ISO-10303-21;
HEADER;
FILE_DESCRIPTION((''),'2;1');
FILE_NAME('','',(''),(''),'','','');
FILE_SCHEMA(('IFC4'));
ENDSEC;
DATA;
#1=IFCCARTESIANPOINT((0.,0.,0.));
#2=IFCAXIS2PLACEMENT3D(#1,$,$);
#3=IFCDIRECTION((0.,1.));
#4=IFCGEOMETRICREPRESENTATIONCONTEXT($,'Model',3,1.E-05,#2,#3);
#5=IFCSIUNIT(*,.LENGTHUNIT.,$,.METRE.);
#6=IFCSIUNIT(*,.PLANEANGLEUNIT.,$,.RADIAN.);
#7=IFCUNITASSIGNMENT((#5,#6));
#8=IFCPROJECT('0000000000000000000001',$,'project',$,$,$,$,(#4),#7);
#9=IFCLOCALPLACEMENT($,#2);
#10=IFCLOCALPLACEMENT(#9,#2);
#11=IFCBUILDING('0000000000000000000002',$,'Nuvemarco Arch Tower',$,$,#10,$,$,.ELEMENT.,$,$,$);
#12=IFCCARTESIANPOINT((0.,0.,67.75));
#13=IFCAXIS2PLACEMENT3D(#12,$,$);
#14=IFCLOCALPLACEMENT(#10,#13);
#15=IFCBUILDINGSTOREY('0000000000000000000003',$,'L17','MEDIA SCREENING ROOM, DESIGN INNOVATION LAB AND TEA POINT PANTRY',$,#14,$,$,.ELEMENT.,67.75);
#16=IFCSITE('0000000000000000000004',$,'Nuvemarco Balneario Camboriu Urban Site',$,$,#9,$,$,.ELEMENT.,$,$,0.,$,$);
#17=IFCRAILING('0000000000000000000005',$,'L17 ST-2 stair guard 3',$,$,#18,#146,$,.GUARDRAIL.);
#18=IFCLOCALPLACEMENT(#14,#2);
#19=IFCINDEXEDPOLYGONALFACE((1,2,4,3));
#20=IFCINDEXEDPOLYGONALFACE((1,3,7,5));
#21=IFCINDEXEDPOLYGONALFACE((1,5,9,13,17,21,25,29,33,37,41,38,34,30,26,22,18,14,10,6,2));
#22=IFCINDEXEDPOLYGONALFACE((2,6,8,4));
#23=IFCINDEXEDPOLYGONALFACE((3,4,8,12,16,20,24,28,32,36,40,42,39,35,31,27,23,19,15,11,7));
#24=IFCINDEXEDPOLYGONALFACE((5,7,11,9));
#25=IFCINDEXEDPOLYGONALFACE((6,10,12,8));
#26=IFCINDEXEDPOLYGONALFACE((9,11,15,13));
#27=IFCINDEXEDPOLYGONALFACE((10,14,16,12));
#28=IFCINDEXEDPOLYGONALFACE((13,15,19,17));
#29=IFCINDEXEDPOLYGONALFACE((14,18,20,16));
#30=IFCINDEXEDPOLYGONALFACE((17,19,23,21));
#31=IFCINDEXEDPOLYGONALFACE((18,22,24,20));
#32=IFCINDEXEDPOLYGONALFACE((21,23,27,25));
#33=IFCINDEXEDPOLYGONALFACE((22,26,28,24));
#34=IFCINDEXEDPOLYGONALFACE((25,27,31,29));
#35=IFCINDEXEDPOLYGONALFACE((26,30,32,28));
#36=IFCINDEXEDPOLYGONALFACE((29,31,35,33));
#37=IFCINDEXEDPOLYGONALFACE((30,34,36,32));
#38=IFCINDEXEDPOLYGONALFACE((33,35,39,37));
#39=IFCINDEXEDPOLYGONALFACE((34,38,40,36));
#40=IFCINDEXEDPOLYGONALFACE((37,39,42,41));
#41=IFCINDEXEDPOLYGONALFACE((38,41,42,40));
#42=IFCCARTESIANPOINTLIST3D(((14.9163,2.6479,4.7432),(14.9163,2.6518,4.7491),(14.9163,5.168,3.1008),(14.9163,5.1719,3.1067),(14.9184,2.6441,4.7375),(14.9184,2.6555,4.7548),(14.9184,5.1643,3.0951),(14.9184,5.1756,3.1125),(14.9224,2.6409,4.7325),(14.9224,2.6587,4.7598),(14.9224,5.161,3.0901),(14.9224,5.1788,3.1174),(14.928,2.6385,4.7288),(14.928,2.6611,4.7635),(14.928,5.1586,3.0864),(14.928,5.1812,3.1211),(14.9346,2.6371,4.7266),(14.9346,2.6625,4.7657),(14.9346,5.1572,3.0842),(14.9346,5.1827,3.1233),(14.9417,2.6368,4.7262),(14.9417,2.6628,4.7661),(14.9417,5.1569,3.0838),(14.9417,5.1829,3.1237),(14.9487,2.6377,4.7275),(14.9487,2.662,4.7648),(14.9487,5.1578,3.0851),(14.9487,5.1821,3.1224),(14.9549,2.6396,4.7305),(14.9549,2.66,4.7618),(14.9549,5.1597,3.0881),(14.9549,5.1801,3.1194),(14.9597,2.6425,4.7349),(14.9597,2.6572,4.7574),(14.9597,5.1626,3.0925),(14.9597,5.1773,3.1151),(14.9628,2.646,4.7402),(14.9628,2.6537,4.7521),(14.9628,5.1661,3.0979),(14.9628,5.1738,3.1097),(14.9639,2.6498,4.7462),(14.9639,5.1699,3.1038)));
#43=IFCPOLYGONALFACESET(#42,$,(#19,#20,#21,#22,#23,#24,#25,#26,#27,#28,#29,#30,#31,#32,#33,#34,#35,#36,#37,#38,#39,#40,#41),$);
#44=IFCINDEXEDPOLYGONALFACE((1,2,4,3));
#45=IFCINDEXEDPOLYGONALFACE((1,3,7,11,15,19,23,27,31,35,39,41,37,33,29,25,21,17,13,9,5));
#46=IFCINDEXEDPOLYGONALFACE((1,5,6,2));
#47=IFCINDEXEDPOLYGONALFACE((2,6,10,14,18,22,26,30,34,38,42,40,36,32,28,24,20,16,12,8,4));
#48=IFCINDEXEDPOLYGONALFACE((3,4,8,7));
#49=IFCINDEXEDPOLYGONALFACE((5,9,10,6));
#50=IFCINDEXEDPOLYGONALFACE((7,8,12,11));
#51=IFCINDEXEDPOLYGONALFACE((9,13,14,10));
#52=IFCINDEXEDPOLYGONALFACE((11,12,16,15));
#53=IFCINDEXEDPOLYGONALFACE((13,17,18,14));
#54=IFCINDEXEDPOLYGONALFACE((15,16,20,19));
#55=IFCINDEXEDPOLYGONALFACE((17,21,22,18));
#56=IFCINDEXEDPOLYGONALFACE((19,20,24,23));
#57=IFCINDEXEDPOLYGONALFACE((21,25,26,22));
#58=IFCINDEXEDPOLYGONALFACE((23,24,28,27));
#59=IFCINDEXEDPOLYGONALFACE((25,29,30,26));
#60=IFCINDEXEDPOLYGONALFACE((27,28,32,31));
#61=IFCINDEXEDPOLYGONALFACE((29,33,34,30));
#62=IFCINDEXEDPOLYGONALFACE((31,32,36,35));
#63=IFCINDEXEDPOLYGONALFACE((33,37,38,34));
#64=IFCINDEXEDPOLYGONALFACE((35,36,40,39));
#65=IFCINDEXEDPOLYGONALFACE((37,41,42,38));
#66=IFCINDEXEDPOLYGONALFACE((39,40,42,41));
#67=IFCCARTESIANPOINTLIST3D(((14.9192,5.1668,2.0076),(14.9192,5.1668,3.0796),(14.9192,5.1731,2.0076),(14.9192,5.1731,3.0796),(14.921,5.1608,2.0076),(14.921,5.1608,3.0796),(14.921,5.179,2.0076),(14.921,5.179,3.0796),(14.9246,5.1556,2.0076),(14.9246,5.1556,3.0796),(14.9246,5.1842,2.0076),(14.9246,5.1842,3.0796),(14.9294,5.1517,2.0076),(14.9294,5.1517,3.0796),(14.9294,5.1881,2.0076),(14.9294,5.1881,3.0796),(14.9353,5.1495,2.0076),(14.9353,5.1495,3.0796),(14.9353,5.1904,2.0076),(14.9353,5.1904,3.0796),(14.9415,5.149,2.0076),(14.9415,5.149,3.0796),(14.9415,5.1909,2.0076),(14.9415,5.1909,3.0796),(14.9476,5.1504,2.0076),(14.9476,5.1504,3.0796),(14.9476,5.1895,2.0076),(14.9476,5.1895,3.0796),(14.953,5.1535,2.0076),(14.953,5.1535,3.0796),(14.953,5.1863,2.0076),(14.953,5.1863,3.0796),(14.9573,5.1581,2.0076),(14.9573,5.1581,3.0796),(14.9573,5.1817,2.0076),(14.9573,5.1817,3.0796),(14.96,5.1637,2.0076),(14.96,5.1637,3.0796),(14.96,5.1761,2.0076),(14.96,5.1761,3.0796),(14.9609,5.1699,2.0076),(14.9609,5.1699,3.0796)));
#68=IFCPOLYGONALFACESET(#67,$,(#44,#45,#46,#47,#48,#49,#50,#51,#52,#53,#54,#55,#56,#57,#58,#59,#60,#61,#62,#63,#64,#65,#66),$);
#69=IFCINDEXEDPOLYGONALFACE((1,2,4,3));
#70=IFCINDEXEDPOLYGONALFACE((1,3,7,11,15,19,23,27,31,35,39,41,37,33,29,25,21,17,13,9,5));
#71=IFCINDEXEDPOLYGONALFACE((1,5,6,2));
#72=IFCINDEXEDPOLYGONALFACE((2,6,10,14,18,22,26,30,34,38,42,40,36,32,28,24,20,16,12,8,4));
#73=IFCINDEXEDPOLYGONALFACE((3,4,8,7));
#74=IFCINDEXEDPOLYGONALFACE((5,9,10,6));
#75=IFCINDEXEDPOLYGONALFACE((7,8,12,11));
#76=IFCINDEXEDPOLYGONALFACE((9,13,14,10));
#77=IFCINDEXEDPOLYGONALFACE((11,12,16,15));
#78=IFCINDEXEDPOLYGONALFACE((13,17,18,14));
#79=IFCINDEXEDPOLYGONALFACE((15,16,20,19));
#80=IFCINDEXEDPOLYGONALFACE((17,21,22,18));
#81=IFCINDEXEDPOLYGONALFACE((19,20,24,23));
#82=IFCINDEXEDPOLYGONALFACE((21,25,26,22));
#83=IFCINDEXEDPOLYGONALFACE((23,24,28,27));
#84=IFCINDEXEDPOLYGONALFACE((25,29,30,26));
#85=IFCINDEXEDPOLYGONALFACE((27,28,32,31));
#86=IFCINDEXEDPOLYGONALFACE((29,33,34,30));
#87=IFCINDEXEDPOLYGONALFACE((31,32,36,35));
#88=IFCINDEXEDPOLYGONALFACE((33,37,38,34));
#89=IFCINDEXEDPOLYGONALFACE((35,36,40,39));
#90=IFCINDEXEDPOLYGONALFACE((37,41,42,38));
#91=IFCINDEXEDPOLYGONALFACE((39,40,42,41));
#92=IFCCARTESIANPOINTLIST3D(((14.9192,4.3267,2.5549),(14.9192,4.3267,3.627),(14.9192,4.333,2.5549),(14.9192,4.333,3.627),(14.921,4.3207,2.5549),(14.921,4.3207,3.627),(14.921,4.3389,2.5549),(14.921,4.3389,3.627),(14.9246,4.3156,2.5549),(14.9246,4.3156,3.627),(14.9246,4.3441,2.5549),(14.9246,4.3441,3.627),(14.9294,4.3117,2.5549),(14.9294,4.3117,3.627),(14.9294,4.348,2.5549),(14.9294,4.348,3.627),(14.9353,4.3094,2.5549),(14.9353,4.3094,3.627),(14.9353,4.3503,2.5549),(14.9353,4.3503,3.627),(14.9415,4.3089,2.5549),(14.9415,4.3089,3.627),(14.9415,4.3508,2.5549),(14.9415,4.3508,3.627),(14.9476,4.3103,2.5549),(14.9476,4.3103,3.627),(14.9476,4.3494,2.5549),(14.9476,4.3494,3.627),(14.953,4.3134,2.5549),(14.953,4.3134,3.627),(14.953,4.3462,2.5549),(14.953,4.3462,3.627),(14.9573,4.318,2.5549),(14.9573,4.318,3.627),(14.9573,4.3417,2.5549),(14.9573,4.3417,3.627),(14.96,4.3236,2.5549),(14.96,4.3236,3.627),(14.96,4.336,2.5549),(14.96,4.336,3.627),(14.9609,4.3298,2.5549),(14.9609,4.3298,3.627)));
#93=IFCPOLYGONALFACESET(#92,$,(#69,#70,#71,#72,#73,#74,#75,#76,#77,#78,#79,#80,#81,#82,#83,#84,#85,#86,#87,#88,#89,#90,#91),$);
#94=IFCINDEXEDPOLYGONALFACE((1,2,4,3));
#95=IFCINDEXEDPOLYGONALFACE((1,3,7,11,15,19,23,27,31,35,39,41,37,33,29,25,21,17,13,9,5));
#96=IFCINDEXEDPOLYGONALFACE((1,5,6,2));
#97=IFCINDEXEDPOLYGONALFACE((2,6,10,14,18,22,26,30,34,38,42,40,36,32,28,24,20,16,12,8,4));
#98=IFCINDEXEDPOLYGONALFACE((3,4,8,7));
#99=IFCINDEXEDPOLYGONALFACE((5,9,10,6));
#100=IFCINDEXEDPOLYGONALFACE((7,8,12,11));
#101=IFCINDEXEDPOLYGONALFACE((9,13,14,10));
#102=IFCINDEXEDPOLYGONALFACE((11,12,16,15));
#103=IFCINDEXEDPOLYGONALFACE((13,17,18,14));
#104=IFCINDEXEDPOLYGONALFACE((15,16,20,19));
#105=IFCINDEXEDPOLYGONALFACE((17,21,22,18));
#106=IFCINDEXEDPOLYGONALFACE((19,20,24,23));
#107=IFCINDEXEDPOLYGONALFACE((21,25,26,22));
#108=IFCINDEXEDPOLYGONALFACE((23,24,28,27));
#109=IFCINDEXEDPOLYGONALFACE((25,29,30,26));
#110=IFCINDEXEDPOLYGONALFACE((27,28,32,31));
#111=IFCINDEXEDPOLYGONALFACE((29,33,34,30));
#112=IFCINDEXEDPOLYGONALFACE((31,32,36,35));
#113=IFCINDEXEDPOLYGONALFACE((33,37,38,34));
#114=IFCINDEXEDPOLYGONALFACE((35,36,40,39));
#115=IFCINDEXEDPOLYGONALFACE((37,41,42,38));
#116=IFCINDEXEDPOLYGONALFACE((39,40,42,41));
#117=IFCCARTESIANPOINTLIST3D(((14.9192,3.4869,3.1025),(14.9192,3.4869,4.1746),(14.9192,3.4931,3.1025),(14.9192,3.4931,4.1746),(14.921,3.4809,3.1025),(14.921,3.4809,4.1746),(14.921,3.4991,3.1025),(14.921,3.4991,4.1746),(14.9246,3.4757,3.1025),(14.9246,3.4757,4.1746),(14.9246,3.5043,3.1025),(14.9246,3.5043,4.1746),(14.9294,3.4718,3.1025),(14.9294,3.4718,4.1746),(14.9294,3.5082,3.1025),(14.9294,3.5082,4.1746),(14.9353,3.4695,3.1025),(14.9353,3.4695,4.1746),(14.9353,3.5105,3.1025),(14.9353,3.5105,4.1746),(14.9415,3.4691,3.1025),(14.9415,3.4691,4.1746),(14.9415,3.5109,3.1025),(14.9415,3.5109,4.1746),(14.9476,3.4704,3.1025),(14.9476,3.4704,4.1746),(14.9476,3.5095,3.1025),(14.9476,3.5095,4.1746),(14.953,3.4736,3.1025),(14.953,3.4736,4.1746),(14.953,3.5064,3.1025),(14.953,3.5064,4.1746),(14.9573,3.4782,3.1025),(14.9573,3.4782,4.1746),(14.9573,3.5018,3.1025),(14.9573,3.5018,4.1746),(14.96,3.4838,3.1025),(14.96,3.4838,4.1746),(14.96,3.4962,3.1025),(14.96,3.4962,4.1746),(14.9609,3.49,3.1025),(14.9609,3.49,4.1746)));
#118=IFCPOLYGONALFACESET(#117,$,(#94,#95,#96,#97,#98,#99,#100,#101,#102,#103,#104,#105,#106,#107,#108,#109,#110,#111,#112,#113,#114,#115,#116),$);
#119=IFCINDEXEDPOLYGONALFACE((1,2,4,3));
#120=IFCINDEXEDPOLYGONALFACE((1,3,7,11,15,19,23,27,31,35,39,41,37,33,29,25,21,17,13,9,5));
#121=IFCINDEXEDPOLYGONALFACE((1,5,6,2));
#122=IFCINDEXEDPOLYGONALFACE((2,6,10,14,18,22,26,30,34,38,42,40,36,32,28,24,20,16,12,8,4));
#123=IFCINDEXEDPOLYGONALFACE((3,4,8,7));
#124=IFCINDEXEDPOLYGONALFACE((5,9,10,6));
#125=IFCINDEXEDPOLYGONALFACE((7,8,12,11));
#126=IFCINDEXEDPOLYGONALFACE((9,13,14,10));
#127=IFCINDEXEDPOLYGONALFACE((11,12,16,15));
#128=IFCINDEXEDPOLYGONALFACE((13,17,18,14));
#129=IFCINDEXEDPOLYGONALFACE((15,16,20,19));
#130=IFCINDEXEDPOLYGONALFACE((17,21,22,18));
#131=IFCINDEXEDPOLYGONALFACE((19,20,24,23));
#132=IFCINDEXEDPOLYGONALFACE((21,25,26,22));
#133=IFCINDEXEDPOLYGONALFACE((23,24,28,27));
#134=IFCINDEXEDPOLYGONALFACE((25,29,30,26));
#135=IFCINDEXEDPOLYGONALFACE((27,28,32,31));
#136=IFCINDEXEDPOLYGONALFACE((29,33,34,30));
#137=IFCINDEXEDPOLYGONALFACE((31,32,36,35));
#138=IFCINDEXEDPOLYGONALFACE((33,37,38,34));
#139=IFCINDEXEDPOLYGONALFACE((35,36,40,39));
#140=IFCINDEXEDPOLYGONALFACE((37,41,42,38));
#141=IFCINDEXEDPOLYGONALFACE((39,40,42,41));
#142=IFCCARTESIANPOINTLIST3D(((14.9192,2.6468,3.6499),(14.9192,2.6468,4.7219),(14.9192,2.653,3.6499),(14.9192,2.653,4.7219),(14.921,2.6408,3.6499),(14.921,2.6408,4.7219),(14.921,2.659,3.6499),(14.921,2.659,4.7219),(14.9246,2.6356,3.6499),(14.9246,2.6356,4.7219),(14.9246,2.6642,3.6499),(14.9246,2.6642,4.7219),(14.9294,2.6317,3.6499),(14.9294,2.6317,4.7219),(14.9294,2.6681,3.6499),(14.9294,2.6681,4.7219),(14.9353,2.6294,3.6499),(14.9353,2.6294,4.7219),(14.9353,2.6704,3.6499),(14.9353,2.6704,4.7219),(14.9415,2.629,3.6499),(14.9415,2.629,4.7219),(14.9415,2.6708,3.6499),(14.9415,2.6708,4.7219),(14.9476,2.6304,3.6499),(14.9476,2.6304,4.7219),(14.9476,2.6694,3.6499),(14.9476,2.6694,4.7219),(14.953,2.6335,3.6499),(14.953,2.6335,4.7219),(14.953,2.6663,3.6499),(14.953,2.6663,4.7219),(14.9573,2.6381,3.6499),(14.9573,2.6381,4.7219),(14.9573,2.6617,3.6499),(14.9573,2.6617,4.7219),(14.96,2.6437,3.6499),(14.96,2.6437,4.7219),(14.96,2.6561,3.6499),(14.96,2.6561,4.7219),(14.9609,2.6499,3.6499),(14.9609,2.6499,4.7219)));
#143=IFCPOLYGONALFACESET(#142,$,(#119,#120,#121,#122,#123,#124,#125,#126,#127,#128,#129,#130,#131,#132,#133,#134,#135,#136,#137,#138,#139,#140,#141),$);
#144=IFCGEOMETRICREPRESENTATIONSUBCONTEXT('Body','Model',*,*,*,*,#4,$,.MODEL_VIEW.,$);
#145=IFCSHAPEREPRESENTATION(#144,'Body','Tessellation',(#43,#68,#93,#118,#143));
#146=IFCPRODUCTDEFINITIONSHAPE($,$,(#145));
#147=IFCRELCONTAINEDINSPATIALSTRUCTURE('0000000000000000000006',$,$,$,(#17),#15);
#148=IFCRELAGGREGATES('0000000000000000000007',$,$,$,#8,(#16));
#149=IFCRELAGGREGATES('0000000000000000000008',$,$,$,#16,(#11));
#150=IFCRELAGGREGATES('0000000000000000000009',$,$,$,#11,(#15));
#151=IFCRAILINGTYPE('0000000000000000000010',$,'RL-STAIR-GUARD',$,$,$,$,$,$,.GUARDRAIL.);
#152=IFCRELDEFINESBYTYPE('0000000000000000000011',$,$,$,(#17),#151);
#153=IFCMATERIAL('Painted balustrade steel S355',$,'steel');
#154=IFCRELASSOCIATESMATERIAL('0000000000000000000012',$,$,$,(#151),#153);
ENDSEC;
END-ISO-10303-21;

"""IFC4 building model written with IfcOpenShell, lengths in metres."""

from ifc_helpers import new_model, si_unit, direction, frame, origin, origin_2d, place, context, subcontext, project, spatial, circle, extrude, material, type_object, element, save


model = new_model("IFC4")

# Units and contexts
model_context = context("Model", 3, precision=1e-05, world=origin(), true_north=direction((0.0, 1.0)))
body_context = subcontext(model_context, "Body", "Model", "MODEL_VIEW")
ifc_project = project(units=[si_unit("LENGTHUNIT", "METRE"), si_unit("PLANEANGLEUNIT", "RADIAN")], contexts=[model_context])

# Site, building, storey
site_placement = place(None, origin())
site = spatial("IfcSite", under=ifc_project, at=site_placement, Name="Nuvemarco Balneario Camboriu Urban Site", CompositionType="ELEMENT", RefElevation=0.0)
building_placement = place(site_placement, origin())
building = spatial("IfcBuilding", under=site, at=building_placement, Name="Nuvemarco Arch Tower", CompositionType="ELEMENT")
storey_placement = place(building_placement, frame((0.0, 0.0, 67.75)))
storey = spatial("IfcBuildingStorey", under=building, at=storey_placement, Name="L17", Description="MEDIA SCREENING ROOM, DESIGN INNOVATION LAB AND TEA POINT PANTRY", CompositionType="ELEMENT", Elevation=67.75)

# Railing
ifc_material_1 = material(Name="Painted balustrade steel S355", Category="steel")
railing_type_1 = type_object("IfcRailingType", Name="RL-STAIR-GUARD", PredefinedType="GUARDRAIL", material=ifc_material_1)
railing_1_placement = place(storey_placement, frame((14.9399, 5.1699, 2.0076)))
element("IfcRailing", 1, at=railing_1_placement, inside=storey, type_object=railing_type_1, Name="L17 ST-2 stair guard 3", PredefinedType="GUARDRAIL", context=body_context, shape_type="SweptSolid", body=[
    extrude(circle(Radius=0.0239, at=origin_2d()), frame((0.0, 0.0, 1.0962), z_axis=(0.0, -0.837787, 0.545998), x_axis=(1.0, 0.0, 0.0)), (0.0, 0.0, 1.0), 3.0081),
    extrude(circle(Radius=0.021, at=origin_2d()), origin(), (0.0, 0.0, 1.0), 1.072),
    extrude(circle(Radius=0.021, at=origin_2d()), frame((0.0, -0.8401, 0.5474)), (0.0, 0.0, 1.0), 1.072),
    extrude(circle(Radius=0.021, at=origin_2d()), frame((0.0, -1.6799, 1.095)), (0.0, 0.0, 1.0), 1.072),
    extrude(circle(Radius=0.021, at=origin_2d()), frame((0.0, -2.52, 1.6423)), (0.0, 0.0, 1.0), 1.072),
])

save(model, "model.ifc")
